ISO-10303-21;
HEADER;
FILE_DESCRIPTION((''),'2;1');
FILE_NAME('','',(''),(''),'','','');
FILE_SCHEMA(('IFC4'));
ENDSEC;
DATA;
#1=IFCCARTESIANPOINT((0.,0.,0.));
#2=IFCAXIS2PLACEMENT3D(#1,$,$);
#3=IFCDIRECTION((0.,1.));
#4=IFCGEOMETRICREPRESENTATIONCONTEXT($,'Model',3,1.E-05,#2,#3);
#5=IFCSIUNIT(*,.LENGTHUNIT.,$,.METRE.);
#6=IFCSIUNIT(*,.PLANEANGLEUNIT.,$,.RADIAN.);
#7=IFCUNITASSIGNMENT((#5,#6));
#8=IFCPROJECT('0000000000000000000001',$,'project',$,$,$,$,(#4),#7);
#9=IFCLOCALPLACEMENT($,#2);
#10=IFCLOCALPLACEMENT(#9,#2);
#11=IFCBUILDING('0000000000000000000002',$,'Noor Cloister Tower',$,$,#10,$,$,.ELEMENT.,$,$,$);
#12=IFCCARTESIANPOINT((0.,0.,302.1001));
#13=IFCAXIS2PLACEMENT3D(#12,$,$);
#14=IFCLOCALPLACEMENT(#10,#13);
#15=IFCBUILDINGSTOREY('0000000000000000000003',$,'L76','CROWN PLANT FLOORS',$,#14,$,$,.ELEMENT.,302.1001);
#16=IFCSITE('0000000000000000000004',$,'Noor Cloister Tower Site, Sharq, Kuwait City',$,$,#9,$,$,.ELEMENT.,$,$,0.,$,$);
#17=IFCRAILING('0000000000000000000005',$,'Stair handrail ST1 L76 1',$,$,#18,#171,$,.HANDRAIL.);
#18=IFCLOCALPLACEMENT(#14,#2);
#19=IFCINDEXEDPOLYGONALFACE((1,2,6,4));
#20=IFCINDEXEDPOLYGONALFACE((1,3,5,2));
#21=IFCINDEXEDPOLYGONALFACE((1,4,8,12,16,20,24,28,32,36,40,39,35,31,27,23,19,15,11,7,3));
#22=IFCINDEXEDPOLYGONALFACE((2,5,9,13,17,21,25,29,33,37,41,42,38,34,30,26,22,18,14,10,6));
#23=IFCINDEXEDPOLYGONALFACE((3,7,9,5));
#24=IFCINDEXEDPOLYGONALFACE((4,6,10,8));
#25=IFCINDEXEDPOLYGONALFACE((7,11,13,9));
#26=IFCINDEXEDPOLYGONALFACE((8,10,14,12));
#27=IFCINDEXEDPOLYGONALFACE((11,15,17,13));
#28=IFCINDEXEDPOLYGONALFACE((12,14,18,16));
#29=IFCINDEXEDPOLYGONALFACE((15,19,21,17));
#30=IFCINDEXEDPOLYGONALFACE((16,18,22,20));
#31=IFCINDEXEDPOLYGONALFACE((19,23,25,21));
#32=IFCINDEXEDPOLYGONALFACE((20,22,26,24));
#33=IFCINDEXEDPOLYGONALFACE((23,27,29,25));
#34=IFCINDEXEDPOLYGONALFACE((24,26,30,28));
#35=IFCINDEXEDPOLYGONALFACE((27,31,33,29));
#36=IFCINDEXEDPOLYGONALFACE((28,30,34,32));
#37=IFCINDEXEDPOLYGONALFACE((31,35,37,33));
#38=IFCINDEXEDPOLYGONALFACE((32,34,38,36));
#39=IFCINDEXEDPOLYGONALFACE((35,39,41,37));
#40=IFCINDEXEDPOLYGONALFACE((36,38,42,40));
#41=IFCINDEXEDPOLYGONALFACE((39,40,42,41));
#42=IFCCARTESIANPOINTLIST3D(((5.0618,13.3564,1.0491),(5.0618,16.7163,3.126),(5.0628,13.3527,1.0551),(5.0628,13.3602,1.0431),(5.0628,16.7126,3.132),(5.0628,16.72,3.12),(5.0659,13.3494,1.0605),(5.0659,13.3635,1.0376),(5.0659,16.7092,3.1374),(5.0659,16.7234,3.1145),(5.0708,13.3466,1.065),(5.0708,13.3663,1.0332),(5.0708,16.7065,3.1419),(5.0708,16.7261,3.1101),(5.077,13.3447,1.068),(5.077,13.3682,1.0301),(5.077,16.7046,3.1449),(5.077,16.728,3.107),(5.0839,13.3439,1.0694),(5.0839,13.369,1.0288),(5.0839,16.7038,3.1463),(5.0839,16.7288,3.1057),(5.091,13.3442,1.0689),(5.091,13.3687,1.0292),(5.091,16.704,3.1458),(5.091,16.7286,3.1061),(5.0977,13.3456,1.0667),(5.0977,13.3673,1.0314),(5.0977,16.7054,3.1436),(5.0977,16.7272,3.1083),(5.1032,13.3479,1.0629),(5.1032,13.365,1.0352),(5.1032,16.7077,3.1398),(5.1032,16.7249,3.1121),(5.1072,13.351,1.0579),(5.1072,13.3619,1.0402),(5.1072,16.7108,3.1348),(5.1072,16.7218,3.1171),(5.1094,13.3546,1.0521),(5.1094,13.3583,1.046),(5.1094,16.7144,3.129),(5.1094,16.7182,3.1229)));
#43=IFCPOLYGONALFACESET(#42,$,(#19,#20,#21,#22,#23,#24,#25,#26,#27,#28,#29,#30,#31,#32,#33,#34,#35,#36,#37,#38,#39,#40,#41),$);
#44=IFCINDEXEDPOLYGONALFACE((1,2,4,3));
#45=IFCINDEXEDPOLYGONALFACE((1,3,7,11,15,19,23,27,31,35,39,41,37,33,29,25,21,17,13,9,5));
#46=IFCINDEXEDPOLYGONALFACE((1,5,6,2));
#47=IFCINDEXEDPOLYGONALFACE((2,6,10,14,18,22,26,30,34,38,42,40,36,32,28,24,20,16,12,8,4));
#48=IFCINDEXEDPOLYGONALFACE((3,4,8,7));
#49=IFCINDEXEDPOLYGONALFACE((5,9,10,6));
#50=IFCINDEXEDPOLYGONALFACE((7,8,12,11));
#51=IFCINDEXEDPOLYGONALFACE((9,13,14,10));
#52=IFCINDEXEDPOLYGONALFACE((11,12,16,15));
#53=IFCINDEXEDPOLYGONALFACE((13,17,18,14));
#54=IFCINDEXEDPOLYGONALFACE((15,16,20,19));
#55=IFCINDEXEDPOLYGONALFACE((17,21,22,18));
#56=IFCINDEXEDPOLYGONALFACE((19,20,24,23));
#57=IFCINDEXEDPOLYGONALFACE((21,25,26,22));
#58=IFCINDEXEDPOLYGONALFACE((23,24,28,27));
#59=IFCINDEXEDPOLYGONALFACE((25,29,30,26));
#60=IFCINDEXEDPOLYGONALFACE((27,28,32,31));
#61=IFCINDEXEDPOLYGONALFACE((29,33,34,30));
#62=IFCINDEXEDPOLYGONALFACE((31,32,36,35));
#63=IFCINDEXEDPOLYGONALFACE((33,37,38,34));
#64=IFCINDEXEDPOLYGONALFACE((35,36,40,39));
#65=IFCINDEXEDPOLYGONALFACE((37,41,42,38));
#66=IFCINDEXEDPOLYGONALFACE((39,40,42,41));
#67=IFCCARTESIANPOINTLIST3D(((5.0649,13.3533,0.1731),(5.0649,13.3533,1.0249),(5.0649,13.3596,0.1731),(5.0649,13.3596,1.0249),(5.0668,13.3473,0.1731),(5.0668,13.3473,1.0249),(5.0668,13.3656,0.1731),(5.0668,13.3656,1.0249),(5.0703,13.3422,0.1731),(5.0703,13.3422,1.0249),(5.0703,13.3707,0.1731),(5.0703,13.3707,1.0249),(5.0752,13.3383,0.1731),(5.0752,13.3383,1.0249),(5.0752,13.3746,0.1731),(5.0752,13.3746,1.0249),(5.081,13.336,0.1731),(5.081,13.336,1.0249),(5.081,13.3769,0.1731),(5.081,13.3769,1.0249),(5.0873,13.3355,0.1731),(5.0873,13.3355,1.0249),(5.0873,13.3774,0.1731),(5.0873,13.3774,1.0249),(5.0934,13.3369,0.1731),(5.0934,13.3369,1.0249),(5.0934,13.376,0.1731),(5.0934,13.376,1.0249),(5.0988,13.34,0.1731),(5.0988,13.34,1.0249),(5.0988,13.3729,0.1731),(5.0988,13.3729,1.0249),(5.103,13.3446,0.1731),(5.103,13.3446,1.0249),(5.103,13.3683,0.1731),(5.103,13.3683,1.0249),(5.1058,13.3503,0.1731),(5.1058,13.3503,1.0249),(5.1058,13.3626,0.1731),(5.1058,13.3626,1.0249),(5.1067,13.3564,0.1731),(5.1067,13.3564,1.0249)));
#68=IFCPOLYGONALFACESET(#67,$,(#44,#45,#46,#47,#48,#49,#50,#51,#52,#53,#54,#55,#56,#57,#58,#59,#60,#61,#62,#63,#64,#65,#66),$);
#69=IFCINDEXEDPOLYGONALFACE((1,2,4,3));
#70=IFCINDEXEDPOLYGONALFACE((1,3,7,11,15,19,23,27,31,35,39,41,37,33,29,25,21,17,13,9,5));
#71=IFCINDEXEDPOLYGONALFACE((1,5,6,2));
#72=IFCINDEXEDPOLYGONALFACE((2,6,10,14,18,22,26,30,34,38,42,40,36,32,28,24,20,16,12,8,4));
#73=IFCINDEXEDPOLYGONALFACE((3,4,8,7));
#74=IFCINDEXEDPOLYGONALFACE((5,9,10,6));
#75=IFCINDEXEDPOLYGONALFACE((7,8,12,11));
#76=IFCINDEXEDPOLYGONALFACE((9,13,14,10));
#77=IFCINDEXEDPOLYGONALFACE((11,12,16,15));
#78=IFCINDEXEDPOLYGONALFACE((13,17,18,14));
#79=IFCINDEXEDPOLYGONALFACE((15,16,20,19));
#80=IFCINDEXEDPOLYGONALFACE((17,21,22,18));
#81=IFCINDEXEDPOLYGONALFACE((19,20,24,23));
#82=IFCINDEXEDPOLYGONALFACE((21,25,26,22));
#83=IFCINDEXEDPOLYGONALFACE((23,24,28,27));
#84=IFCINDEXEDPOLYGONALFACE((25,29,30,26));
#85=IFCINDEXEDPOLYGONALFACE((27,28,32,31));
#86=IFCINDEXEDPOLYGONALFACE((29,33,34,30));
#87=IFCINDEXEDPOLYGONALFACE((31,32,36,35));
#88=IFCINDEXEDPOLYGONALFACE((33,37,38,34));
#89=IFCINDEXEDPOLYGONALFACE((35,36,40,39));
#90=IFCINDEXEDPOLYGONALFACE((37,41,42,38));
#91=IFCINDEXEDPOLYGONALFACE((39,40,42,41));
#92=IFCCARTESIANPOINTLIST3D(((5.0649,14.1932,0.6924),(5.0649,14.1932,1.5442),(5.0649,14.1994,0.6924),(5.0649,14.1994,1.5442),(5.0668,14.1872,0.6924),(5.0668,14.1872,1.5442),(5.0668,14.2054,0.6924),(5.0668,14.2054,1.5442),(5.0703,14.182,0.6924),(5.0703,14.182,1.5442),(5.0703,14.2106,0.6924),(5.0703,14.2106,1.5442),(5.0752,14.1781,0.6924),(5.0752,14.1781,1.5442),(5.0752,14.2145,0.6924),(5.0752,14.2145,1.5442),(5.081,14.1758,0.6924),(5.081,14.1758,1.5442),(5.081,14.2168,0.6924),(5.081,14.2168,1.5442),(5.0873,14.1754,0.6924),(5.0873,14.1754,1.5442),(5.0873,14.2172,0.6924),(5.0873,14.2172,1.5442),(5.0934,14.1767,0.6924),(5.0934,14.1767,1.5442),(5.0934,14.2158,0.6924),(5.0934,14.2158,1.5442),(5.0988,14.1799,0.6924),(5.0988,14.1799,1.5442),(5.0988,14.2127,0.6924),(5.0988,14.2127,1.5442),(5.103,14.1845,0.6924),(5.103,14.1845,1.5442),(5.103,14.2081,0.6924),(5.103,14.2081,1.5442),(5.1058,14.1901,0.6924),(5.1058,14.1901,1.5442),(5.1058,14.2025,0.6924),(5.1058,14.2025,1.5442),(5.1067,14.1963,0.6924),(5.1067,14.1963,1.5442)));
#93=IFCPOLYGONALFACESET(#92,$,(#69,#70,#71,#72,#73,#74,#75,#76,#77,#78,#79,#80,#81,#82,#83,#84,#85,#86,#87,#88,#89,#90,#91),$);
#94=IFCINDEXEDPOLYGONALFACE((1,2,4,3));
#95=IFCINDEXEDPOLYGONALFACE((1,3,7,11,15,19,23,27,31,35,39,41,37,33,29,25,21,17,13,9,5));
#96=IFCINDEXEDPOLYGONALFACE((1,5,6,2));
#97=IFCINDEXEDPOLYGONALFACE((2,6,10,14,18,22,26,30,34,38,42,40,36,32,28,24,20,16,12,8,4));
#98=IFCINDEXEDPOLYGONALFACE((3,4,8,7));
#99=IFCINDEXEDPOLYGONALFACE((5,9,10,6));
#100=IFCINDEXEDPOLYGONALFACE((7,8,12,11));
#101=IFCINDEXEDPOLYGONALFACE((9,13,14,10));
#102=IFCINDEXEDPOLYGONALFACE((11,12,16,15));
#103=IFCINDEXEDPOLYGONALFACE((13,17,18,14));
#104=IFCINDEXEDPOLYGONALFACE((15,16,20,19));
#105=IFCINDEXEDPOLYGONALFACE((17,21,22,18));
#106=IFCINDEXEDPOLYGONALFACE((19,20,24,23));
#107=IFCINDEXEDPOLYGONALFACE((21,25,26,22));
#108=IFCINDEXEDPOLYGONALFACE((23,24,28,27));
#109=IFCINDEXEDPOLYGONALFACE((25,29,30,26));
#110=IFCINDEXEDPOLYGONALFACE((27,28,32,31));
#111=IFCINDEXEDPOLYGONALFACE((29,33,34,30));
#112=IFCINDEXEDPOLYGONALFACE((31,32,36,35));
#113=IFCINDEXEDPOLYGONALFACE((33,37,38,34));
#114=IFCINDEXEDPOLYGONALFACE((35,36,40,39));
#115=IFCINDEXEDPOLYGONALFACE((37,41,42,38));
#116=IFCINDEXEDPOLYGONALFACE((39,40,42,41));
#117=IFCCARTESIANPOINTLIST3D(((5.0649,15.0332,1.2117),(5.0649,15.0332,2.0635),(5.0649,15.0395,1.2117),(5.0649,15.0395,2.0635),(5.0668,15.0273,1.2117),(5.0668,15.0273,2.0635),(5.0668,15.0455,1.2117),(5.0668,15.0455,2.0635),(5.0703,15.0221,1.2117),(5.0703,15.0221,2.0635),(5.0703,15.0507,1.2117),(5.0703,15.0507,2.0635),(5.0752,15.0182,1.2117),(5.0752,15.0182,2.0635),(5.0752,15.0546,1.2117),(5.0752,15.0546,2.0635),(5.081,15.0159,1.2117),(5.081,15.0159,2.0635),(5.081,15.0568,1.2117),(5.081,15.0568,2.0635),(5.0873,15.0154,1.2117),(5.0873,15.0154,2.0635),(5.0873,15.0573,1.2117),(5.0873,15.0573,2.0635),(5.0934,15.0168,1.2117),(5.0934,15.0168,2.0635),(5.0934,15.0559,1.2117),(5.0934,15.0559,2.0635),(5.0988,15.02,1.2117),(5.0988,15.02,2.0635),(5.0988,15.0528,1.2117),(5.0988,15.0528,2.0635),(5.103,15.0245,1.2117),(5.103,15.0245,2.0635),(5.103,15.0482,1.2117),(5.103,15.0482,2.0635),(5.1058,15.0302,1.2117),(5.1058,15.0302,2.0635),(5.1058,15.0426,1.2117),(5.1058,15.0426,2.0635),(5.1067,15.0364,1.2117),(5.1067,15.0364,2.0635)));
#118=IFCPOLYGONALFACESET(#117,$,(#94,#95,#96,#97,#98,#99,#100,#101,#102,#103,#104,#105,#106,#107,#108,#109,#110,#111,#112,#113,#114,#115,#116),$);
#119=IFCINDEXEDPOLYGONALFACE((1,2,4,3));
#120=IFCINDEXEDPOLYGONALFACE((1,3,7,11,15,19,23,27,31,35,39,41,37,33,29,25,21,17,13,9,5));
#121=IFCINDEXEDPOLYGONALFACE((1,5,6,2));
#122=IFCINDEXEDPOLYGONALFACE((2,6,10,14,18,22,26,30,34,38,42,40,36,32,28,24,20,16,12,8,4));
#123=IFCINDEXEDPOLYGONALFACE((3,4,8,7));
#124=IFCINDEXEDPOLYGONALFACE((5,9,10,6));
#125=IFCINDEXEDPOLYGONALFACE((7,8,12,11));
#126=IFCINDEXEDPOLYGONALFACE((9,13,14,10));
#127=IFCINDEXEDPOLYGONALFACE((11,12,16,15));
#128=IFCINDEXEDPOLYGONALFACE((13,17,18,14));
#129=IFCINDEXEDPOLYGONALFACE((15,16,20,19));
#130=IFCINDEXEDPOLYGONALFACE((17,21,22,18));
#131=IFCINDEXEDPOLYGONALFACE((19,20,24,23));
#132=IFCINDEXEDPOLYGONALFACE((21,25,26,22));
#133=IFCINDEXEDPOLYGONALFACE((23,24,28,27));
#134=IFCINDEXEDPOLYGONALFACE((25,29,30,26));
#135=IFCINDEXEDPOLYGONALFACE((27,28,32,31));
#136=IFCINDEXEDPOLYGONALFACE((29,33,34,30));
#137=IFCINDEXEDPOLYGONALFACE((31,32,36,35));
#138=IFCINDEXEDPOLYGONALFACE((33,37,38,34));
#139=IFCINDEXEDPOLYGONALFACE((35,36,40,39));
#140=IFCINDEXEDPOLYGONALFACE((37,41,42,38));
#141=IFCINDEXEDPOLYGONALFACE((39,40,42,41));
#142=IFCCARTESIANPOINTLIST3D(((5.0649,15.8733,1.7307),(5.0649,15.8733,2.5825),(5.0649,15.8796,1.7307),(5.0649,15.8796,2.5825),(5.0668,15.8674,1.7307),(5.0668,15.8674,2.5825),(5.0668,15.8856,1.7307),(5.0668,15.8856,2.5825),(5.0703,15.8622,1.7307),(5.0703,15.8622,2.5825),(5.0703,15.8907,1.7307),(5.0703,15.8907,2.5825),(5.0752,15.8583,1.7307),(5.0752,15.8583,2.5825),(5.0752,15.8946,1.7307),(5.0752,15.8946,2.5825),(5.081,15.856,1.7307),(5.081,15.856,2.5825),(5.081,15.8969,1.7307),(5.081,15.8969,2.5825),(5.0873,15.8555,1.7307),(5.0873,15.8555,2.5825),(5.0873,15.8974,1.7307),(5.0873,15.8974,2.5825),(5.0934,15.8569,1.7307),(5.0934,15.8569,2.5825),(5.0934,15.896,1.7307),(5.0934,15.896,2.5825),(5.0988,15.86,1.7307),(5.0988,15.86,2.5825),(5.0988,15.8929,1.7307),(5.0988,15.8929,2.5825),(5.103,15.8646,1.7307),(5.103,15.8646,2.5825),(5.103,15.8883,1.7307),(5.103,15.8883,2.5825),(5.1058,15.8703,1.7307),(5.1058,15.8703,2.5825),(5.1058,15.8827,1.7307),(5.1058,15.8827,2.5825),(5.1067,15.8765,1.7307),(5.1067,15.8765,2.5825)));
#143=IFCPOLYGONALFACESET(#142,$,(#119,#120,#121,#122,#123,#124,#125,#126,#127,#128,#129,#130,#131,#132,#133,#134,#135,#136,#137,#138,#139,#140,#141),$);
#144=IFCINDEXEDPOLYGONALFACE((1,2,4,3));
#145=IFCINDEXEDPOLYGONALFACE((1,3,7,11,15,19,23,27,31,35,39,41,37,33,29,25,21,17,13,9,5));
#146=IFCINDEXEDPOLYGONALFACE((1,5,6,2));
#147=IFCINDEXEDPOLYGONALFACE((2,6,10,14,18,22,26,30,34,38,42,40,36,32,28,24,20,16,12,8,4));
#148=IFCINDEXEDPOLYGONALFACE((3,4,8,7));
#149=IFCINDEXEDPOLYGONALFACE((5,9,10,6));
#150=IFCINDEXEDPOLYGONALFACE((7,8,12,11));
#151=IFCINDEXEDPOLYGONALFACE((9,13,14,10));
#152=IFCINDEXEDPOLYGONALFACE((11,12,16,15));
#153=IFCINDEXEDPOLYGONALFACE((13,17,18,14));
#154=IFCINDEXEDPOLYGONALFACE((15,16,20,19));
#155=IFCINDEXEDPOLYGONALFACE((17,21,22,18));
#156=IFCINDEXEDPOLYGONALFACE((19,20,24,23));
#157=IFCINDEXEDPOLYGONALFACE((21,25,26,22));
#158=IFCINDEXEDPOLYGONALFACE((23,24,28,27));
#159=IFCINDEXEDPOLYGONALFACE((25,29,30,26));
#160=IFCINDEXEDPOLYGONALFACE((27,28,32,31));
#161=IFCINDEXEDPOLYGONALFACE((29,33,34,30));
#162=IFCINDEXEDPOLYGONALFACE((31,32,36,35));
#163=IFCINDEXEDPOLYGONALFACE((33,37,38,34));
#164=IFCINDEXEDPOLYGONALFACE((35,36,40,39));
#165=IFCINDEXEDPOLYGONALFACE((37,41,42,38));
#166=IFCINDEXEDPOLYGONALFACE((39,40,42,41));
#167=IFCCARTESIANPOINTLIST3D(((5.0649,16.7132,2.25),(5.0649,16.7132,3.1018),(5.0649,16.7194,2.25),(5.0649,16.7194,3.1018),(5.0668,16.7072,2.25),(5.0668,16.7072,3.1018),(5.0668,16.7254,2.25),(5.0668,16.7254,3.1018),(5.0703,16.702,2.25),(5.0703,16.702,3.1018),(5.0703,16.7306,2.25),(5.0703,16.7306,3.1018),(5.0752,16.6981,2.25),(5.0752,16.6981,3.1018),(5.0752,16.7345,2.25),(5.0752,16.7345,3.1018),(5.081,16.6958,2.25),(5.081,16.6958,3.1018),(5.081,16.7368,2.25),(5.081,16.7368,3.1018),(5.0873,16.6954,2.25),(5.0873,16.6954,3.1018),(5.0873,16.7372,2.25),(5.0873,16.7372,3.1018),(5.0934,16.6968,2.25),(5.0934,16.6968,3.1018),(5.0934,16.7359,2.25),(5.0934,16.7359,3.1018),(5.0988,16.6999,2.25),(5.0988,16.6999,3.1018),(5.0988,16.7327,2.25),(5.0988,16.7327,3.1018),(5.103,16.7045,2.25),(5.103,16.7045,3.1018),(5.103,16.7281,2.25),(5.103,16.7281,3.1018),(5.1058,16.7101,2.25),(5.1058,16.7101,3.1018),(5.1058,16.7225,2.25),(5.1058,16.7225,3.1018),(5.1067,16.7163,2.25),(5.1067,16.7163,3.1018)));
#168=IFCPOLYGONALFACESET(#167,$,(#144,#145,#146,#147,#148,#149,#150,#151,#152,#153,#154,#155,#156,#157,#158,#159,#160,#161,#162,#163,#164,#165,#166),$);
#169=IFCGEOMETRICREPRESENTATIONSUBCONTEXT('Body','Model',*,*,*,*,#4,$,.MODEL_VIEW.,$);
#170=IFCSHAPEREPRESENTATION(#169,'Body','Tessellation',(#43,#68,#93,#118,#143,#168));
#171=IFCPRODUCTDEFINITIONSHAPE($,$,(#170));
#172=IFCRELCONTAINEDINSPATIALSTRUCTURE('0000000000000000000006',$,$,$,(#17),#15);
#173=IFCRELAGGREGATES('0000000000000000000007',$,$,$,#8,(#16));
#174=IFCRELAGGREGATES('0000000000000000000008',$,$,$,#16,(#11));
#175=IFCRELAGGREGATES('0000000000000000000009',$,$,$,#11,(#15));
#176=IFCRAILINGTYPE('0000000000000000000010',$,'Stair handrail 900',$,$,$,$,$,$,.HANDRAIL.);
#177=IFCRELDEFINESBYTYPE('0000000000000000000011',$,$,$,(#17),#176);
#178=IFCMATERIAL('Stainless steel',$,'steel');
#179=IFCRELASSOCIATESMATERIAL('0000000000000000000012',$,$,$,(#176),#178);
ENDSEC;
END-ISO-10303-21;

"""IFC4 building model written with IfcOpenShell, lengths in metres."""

from ifc_helpers import new_model, si_unit, direction, frame, origin, origin_2d, place, context, subcontext, project, spatial, circle, extrude, material, type_object, element, save


model = new_model("IFC4")

# Units and contexts
model_context = context("Model", 3, precision=1e-05, world=origin(), true_north=direction((0.0, 1.0)))
body_context = subcontext(model_context, "Body", "Model", "MODEL_VIEW")
ifc_project = project(units=[si_unit("LENGTHUNIT", "METRE"), si_unit("PLANEANGLEUNIT", "RADIAN")], contexts=[model_context])

# Site, building, storey
site_placement = place(None, origin())
site = spatial("IfcSite", under=ifc_project, at=site_placement, Name="Noor Cloister Tower Site, Sharq, Kuwait City", CompositionType="ELEMENT", RefElevation=0.0)
building_placement = place(site_placement, origin())
building = spatial("IfcBuilding", under=site, at=building_placement, Name="Noor Cloister Tower", CompositionType="ELEMENT")
storey_placement = place(building_placement, frame((0.0, 0.0, 302.1001)))
storey = spatial("IfcBuildingStorey", under=building, at=storey_placement, Name="L76", Description="CROWN PLANT FLOORS", CompositionType="ELEMENT", Elevation=302.1001)

# Railing
ifc_material_1 = material(Name="Stainless steel", Category="steel")
railing_type_1 = type_object("IfcRailingType", Name="Stair handrail 900", PredefinedType="HANDRAIL", material=ifc_material_1)
railing_1_placement = place(storey_placement, frame((5.0857, 13.3564, 0.1731)))
element("IfcRailing", 1, at=railing_1_placement, inside=storey, type_object=railing_type_1, Name="Stair handrail ST1 L76 1", PredefinedType="HANDRAIL", context=body_context, shape_type="SweptSolid", body=[
    extrude(circle(Radius=0.0239, at=origin_2d()), frame((0.0, 0.0, 0.876), z_axis=(0.0, 0.850606, 0.525803), x_axis=(-1.0, 0.0, 0.0)), (0.0, 0.0, 1.0), 3.95),
    extrude(circle(Radius=0.021, at=origin_2d()), origin(), (0.0, 0.0, 1.0), 0.8518),
    extrude(circle(Radius=0.021, at=origin_2d()), frame((0.0, 0.8398, 0.5193)), (0.0, 0.0, 1.0), 0.8518),
    extrude(circle(Radius=0.021, at=origin_2d()), frame((0.0, 1.6799, 1.0386)), (0.0, 0.0, 1.0), 0.8518),
    extrude(circle(Radius=0.021, at=origin_2d()), frame((0.0, 2.52, 1.5576)), (0.0, 0.0, 1.0), 0.8518),
    extrude(circle(Radius=0.021, at=origin_2d()), frame((0.0, 3.3599, 2.0769)), (0.0, 0.0, 1.0), 0.8518),
])

save(model, "model.ifc")
